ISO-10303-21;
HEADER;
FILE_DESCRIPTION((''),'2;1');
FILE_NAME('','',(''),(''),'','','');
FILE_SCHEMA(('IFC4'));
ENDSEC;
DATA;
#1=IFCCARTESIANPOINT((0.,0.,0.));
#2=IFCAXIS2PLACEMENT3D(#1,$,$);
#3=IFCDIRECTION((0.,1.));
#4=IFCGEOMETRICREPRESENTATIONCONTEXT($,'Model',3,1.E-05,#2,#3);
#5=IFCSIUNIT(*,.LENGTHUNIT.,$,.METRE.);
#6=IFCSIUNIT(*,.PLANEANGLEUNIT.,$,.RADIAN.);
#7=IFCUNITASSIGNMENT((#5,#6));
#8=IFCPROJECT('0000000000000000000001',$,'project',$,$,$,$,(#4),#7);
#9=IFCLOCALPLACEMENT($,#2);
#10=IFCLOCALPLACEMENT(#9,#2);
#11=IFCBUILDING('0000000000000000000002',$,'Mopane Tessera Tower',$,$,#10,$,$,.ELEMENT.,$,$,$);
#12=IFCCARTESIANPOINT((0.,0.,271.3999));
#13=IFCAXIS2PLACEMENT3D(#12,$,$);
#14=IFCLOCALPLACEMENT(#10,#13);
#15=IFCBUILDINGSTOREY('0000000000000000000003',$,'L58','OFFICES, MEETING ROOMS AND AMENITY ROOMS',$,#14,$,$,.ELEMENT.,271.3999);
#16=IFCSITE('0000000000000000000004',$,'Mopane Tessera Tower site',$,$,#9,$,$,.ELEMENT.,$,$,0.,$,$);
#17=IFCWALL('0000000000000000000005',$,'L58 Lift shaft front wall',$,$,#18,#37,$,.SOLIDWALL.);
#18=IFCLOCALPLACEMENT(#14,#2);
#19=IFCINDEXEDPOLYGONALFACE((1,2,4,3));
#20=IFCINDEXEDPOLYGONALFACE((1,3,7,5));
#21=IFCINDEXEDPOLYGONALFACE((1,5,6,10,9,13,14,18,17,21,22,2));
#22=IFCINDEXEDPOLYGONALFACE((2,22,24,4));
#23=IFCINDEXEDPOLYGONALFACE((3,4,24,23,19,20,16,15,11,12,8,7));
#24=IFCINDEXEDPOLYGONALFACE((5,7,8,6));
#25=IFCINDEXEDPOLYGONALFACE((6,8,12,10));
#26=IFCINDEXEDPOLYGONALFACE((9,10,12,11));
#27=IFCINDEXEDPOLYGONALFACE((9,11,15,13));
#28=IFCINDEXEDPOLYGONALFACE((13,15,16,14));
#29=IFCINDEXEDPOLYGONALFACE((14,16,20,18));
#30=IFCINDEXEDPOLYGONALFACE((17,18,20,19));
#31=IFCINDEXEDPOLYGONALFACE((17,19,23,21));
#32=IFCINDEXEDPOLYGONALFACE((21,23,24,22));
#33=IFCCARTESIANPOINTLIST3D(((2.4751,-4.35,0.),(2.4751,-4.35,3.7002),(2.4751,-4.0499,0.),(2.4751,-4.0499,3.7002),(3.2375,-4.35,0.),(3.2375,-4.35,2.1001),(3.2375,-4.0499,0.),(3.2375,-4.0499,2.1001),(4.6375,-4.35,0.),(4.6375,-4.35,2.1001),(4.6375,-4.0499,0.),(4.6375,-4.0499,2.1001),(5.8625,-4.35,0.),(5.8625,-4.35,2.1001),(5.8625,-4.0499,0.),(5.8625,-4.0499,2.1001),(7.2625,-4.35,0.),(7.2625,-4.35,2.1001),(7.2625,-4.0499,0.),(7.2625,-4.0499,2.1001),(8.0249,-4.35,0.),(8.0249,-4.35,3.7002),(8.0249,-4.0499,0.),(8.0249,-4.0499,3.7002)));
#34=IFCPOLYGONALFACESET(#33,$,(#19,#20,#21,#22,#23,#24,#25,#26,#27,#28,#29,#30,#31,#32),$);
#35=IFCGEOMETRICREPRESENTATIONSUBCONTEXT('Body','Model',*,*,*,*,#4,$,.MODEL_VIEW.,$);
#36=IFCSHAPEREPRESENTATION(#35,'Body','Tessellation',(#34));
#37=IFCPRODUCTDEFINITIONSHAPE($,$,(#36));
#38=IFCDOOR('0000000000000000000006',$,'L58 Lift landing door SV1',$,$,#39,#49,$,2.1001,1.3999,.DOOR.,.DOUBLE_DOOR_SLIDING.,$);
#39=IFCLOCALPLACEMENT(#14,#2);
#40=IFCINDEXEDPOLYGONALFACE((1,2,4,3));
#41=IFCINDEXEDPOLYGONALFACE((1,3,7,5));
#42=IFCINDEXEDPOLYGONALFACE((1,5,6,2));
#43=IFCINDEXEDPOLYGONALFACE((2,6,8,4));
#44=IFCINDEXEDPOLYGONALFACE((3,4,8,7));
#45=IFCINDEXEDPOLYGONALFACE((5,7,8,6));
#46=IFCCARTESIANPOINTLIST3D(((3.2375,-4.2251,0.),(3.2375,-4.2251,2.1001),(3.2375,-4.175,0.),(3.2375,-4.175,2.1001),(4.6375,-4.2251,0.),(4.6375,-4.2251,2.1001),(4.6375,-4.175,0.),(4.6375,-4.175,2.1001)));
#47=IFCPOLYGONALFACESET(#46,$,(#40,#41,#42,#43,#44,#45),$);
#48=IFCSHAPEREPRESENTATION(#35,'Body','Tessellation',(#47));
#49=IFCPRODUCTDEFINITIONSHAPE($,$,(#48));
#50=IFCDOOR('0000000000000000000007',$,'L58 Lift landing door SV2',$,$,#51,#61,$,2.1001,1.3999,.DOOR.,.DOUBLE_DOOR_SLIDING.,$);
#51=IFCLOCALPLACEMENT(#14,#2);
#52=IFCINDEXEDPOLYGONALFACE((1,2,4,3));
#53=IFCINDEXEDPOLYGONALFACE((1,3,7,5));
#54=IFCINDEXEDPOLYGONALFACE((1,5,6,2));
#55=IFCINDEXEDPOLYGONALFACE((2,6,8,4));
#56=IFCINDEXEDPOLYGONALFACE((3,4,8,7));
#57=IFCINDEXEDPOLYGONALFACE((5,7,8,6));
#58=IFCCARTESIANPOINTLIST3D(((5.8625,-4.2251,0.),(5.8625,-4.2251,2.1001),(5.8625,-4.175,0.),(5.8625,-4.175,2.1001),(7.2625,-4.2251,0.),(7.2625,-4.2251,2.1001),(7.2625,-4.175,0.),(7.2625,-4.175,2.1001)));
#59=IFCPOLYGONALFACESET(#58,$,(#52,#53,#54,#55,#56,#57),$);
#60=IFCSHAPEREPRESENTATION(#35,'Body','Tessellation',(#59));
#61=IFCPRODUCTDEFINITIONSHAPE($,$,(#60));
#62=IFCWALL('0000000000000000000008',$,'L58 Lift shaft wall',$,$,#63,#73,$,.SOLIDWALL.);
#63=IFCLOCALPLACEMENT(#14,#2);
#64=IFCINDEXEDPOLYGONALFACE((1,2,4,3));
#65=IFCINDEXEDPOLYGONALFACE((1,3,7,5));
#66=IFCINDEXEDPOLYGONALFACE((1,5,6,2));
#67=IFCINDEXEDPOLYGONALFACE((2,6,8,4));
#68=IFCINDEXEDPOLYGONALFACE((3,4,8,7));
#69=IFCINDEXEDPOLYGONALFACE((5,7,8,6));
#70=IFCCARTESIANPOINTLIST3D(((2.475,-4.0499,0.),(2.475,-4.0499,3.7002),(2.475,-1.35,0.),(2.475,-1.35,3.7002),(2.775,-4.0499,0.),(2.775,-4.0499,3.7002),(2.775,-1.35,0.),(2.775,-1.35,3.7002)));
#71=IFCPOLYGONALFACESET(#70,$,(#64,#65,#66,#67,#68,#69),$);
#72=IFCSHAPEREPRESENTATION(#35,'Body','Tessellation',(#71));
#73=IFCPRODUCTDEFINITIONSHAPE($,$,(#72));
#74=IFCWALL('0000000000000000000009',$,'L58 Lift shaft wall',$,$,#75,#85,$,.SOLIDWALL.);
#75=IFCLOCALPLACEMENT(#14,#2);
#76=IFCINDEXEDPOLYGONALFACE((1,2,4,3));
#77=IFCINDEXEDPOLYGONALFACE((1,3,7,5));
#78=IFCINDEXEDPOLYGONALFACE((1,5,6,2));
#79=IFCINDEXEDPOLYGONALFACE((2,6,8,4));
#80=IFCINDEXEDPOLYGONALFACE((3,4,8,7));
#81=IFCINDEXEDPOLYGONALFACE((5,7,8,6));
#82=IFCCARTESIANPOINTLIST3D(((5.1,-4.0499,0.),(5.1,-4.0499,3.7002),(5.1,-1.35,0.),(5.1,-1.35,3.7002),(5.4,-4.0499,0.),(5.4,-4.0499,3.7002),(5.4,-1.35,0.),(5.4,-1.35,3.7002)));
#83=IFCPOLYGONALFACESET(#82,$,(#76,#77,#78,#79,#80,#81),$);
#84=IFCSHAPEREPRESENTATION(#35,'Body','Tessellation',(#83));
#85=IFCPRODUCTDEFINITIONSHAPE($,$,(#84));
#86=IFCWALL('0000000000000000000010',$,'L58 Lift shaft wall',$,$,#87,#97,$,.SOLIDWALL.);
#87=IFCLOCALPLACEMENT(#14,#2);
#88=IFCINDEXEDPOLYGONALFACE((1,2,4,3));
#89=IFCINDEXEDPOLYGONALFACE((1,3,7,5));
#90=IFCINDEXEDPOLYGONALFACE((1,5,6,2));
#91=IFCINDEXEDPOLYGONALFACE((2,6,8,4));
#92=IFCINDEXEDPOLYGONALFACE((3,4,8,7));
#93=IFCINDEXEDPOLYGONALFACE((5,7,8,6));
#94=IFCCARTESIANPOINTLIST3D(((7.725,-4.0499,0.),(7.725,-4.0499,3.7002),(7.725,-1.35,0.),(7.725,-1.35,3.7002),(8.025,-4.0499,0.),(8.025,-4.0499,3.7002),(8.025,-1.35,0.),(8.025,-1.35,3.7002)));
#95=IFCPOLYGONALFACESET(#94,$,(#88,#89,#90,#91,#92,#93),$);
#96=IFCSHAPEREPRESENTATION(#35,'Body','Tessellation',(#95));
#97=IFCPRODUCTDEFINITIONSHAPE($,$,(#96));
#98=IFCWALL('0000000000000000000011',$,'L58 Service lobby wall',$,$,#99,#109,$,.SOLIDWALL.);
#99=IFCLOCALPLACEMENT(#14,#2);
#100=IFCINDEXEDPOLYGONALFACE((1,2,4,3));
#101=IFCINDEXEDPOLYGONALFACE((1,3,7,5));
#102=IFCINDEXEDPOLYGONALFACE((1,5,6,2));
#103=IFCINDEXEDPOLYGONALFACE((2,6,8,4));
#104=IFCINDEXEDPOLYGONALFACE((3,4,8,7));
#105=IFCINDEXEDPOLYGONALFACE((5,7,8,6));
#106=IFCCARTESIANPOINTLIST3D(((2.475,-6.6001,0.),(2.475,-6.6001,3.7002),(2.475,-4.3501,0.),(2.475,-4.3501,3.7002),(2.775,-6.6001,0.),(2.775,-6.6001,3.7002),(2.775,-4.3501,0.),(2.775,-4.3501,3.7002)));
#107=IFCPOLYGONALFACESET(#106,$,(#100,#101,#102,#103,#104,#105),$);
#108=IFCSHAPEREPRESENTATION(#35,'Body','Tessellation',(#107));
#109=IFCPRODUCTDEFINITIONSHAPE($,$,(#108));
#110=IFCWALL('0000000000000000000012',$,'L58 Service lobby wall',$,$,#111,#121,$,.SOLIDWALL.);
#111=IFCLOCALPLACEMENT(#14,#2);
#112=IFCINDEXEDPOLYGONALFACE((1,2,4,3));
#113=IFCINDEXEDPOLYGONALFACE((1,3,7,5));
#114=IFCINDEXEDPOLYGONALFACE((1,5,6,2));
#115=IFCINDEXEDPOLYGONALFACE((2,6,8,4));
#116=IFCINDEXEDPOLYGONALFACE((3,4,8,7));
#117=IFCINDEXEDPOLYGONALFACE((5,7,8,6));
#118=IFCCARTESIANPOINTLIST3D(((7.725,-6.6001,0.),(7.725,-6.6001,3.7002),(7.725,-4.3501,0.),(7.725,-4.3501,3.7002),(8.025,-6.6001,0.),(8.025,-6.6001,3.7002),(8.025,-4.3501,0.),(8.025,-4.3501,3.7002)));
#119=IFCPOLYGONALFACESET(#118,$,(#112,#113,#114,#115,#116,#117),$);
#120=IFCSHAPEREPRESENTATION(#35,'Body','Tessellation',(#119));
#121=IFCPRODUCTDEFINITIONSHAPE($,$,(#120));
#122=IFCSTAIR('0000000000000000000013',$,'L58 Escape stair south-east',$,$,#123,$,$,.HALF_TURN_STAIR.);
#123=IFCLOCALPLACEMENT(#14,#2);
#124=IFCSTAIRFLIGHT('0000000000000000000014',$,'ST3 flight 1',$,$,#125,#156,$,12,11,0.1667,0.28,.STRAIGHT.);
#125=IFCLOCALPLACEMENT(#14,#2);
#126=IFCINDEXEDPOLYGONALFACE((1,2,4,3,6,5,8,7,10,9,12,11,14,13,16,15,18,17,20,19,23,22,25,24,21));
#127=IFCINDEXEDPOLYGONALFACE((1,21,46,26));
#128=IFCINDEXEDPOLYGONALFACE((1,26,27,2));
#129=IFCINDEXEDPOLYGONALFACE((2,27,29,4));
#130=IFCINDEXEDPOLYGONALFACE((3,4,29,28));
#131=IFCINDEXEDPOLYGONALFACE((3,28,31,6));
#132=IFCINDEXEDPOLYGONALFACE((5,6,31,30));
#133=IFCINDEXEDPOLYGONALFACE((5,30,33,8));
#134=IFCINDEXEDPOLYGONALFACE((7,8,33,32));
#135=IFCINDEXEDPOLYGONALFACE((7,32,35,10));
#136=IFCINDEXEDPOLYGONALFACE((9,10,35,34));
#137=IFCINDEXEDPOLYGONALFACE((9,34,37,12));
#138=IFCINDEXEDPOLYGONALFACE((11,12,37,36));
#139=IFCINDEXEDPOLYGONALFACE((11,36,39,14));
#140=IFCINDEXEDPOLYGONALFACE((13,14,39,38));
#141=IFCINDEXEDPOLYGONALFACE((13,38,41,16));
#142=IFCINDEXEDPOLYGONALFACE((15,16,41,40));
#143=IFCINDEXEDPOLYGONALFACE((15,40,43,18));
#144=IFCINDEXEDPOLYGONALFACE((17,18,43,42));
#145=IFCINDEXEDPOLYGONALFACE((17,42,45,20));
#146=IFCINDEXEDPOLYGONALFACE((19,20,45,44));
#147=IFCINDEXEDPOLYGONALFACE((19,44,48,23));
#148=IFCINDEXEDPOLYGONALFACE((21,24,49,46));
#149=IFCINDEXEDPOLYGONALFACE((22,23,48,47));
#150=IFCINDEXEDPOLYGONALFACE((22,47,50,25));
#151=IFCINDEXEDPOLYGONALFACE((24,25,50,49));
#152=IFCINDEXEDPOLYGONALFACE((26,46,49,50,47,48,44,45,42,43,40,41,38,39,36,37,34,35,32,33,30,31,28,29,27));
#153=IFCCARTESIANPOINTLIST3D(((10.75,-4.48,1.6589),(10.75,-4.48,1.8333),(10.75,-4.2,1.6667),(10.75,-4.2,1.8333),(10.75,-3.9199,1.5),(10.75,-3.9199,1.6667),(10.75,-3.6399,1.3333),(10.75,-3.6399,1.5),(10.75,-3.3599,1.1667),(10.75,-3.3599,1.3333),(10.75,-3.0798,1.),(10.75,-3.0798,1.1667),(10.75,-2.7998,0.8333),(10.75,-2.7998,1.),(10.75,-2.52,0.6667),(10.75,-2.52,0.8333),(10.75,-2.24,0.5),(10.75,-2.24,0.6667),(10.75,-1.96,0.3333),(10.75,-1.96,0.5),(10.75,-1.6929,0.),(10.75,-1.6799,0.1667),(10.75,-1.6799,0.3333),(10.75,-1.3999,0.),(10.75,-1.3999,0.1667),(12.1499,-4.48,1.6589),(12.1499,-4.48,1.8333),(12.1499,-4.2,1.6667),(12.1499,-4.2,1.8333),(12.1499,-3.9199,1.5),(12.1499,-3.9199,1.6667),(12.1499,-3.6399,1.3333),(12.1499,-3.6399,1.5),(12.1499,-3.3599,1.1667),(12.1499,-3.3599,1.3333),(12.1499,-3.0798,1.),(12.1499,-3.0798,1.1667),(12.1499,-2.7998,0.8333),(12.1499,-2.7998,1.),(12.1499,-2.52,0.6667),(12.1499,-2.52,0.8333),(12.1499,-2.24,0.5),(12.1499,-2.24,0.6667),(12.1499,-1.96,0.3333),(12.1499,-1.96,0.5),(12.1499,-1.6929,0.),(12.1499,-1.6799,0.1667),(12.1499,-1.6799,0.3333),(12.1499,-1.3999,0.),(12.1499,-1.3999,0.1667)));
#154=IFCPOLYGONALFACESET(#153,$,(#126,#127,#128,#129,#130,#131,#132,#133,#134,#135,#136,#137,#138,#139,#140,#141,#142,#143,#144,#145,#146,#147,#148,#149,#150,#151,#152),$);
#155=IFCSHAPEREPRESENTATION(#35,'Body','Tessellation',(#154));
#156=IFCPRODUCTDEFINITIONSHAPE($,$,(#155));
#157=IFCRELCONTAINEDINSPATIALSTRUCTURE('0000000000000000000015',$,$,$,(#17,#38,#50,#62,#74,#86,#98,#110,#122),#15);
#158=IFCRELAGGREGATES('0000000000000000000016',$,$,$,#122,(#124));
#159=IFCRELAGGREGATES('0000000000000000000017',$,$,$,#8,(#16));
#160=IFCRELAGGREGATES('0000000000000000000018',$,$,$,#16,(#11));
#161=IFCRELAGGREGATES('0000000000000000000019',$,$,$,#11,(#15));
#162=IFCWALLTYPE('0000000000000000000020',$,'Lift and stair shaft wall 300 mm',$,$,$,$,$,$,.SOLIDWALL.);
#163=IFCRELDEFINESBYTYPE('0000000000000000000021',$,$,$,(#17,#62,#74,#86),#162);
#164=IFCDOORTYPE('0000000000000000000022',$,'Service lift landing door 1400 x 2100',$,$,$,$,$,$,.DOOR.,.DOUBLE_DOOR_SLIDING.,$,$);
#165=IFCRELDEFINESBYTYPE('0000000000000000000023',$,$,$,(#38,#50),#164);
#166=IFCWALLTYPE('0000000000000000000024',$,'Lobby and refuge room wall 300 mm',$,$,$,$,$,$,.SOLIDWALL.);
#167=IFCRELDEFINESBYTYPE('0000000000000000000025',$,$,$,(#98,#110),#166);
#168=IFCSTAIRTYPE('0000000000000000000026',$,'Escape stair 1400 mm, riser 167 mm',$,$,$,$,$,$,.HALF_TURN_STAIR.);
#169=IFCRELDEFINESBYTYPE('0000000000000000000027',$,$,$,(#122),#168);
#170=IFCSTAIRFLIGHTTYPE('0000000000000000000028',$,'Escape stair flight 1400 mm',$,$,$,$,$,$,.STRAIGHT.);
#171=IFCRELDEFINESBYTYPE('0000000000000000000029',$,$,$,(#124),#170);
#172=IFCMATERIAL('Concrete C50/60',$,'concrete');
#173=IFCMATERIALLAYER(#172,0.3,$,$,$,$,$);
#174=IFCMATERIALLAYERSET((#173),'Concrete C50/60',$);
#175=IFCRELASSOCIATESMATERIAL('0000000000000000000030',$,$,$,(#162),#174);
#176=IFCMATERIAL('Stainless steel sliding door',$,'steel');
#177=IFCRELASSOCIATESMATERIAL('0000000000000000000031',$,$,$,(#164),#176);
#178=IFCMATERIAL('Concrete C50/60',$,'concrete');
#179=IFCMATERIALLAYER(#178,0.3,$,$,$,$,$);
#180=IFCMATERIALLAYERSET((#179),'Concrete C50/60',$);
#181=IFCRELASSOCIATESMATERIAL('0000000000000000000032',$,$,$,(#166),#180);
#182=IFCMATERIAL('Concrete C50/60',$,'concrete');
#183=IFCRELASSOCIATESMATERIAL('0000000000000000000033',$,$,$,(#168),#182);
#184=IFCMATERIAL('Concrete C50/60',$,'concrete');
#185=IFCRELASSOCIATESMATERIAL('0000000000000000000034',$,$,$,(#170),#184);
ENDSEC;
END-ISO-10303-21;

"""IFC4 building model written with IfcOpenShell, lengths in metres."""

from ifc_helpers import new_model, si_unit, direction, frame, frame_2d, origin, place, context, subcontext, project, spatial, polyline, rectangle, outline, extrude, material, layer, layer_set, type_object, element, fill, aggregate, save


model = new_model("IFC4")

# Units and contexts
model_context = context("Model", 3, precision=1e-05, world=origin(), true_north=direction((0.0, 1.0)))
body_context = subcontext(model_context, "Body", "Model", "MODEL_VIEW")
ifc_project = project(units=[si_unit("LENGTHUNIT", "METRE"), si_unit("PLANEANGLEUNIT", "RADIAN")], contexts=[model_context])

# Site, building, storey
site_placement = place(None, origin())
site = spatial("IfcSite", under=ifc_project, at=site_placement, Name="Mopane Tessera Tower site", CompositionType="ELEMENT", RefElevation=0.0)
building_placement = place(site_placement, origin())
building = spatial("IfcBuilding", under=site, at=building_placement, Name="Mopane Tessera Tower", CompositionType="ELEMENT")
storey_placement = place(building_placement, frame((0.0, 0.0, 271.3999)))
storey = spatial("IfcBuildingStorey", under=building, at=storey_placement, Name="L58", Description="OFFICES, MEETING ROOMS AND AMENITY ROOMS", CompositionType="ELEMENT", Elevation=271.3999)

# Wall, openings, doors
ifc_material_1 = material(Name="Concrete C50/60", Category="concrete")
ifc_layer_1 = layer(ifc_material_1, 0.3)
ifc_layer_set_1 = layer_set([ifc_layer_1], Name="Concrete C50/60")
wall_type_1 = type_object("IfcWallType", Name="Lift and stair shaft wall 300 mm", PredefinedType="SOLIDWALL", material=ifc_layer_set_1)
wall_1_placement = place(storey_placement, frame((2.4751, -4.2, 0.0), z_axis=(0.0, 0.0, 1.0), x_axis=(1.0, 0.0, 0.0)))
wall_1 = element("IfcWall", 1, at=wall_1_placement, inside=storey, type_object=wall_type_1, Name="L58 Lift shaft front wall", PredefinedType="SOLIDWALL", context=body_context, shape_type="SweptSolid", body=[
    extrude(rectangle(XDim=5.5498, YDim=0.3, at=frame_2d((2.7749, 0.0))), origin(), (0.0, 0.0, 1.0), 3.7002),
])
opening_1_placement = place(wall_1_placement, frame((0.7625, 0.0, 0.0)))
opening_1 = element("IfcOpeningElement", 2, at=opening_1_placement, cuts=wall_1, PredefinedType="OPENING", context=body_context, shape_type="SweptSolid", body=[
    extrude(rectangle(XDim=1.3999, YDim=2.1001, at=frame_2d((0.7, 1.05))), frame((0.0, 0.1621, 0.0), z_axis=(0.0, -1.0, 0.0), x_axis=(1.0, 0.0, 0.0)), (0.0, 0.0, 1.0), 0.324),
])
opening_2_placement = place(wall_1_placement, frame((3.3875, 0.0, 0.0)))
opening_2 = element("IfcOpeningElement", 3, at=opening_2_placement, cuts=wall_1, PredefinedType="OPENING", context=body_context, shape_type="SweptSolid", body=[
    extrude(rectangle(XDim=1.3999, YDim=2.1001, at=frame_2d((0.7, 1.05))), frame((0.0, 0.1621, 0.0), z_axis=(0.0, -1.0, 0.0), x_axis=(1.0, 0.0, 0.0)), (0.0, 0.0, 1.0), 0.324),
])
ifc_material_2 = material(Name="Stainless steel sliding door", Category="steel")
door_type = type_object("IfcDoorType", Name="Service lift landing door 1400 x 2100", OperationType="DOUBLE_DOOR_SLIDING", PredefinedType="DOOR", material=ifc_material_2)
door_1_placement = place(opening_1_placement, origin())
door_1 = element("IfcDoor", 4, at=door_1_placement, inside=storey, type_object=door_type, Name="L58 Lift landing door SV1", OperationType="DOUBLE_DOOR_SLIDING", OverallHeight=2.1001, OverallWidth=1.3999, PredefinedType="DOOR", context=body_context, shape_type="SweptSolid", body=[
    extrude(rectangle(XDim=1.3999, YDim=2.1001, at=frame_2d((0.7, 1.05))), frame((0.0, 0.0249, 0.0), z_axis=(0.0, -1.0, 0.0), x_axis=(1.0, 0.0, 0.0)), (0.0, 0.0, 1.0), 0.05),
])
fill(opening_1, door_1)
door_2_placement = place(opening_2_placement, origin())
door_2 = element("IfcDoor", 5, at=door_2_placement, inside=storey, type_object=door_type, Name="L58 Lift landing door SV2", OperationType="DOUBLE_DOOR_SLIDING", OverallHeight=2.1001, OverallWidth=1.3999, PredefinedType="DOOR", context=body_context, shape_type="SweptSolid", body=[
    extrude(rectangle(XDim=1.3999, YDim=2.1001, at=frame_2d((0.7, 1.05))), frame((0.0, 0.0249, 0.0), z_axis=(0.0, -1.0, 0.0), x_axis=(1.0, 0.0, 0.0)), (0.0, 0.0, 1.0), 0.05),
])
fill(opening_2, door_2)

# Walls
for number, where, z_axis, x_axis, name in (
    (6, (2.625, -4.05, 0.0), (0.0, 0.0, 1.0), (0.0, 1.0, 0.0), "L58 Lift shaft wall"),
    (7, (5.25, -4.05, 0.0), (0.0, 0.0, 1.0), (0.0, 1.0, 0.0), "L58 Lift shaft wall"),
    (8, (7.875, -4.05, 0.0), (0.0, 0.0, 1.0), (0.0, 1.0, 0.0), "L58 Lift shaft wall"),
):
    element("IfcWall", number, at=place(storey_placement, frame(where, z_axis=z_axis, x_axis=x_axis)), inside=storey, type_object=wall_type_1, Name=name, PredefinedType="SOLIDWALL", context=body_context, shape_type="SweptSolid", body=[
        extrude(rectangle(XDim=2.7, YDim=0.3, at=frame_2d((1.3501, 0.0))), origin(), (0.0, 0.0, 1.0), 3.7002),
    ])
ifc_material_3 = material(Name="Concrete C50/60", Category="concrete")
ifc_layer_2 = layer(ifc_material_3, 0.3)
ifc_layer_set_2 = layer_set([ifc_layer_2], Name="Concrete C50/60")
wall_type_2 = type_object("IfcWallType", Name="Lobby and refuge room wall 300 mm", PredefinedType="SOLIDWALL", material=ifc_layer_set_2)
for number, where, z_axis, x_axis, name in (
    (9, (2.625, -6.6001, 0.0), (0.0, 0.0, 1.0), (0.0, 1.0, 0.0), "L58 Service lobby wall"),
    (10, (7.875, -6.6001, 0.0), (0.0, 0.0, 1.0), (0.0, 1.0, 0.0), "L58 Service lobby wall"),
):
    element("IfcWall", number, at=place(storey_placement, frame(where, z_axis=z_axis, x_axis=x_axis)), inside=storey, type_object=wall_type_2, Name=name, PredefinedType="SOLIDWALL", context=body_context, shape_type="SweptSolid", body=[
        extrude(rectangle(XDim=2.25, YDim=0.3, at=frame_2d((1.125, 0.0))), origin(), (0.0, 0.0, 1.0), 3.7002),
    ])

# Stair, stair flight
ifc_material_4 = material(Name="Concrete C50/60", Category="concrete")
stair_type = type_object("IfcStairType", Name="Escape stair 1400 mm, riser 167 mm", PredefinedType="HALF_TURN_STAIR", material=ifc_material_4)
stair_placement = place(storey_placement, origin())
stair = element("IfcStair", 11, at=stair_placement, inside=storey, type_object=stair_type, Name="L58 Escape stair south-east", PredefinedType="HALF_TURN_STAIR")
ifc_material_5 = material(Name="Concrete C50/60", Category="concrete")
stair_flight_type = type_object("IfcStairFlightType", Name="Escape stair flight 1400 mm", PredefinedType="STRAIGHT", material=ifc_material_5)
stair_flight_placement = place(storey_placement, frame((11.45, -1.3999, 0.0), z_axis=(0.0, 0.0, 1.0), x_axis=(0.0, -1.0, 0.0)))
stair_flight = element("IfcStairFlight", 12, at=stair_flight_placement, type_object=stair_flight_type, Name="ST3 flight 1", NumberOfRisers=12, NumberOfTreads=11, PredefinedType="STRAIGHT", RiserHeight=0.1667, TreadLength=0.28, context=body_context, shape_type="SweptSolid", body=[
    extrude(outline(polyline([(0.0, 0.0), (0.0, 0.1667), (0.28, 0.1667), (0.28, 0.3333), (0.5601, 0.3333), (0.5601, 0.5), (0.8401, 0.5), (0.8401, 0.6667), (1.1201, 0.6667), (1.1201, 0.8333), (1.3999, 0.8333), (1.3999, 1.0), (1.6799, 1.0), (1.6799, 1.1667), (1.96, 1.1667), (1.96, 1.3333), (2.24, 1.3333), (2.24, 1.5), (2.52, 1.5), (2.52, 1.6667), (2.8, 1.6667), (2.8, 1.8333), (3.0801, 1.8333), (3.0801, 2.0), (3.0801, 1.6589), (0.293, 0.0), (0.0, 0.0)])), frame((0.0, 0.7, 0.0), z_axis=(0.0, -1.0, 0.0), x_axis=(1.0, 0.0, 0.0)), (0.0, 0.0, 1.0), 1.3999),
])
aggregate(stair, [stair_flight])

save(model, "model.ifc")
